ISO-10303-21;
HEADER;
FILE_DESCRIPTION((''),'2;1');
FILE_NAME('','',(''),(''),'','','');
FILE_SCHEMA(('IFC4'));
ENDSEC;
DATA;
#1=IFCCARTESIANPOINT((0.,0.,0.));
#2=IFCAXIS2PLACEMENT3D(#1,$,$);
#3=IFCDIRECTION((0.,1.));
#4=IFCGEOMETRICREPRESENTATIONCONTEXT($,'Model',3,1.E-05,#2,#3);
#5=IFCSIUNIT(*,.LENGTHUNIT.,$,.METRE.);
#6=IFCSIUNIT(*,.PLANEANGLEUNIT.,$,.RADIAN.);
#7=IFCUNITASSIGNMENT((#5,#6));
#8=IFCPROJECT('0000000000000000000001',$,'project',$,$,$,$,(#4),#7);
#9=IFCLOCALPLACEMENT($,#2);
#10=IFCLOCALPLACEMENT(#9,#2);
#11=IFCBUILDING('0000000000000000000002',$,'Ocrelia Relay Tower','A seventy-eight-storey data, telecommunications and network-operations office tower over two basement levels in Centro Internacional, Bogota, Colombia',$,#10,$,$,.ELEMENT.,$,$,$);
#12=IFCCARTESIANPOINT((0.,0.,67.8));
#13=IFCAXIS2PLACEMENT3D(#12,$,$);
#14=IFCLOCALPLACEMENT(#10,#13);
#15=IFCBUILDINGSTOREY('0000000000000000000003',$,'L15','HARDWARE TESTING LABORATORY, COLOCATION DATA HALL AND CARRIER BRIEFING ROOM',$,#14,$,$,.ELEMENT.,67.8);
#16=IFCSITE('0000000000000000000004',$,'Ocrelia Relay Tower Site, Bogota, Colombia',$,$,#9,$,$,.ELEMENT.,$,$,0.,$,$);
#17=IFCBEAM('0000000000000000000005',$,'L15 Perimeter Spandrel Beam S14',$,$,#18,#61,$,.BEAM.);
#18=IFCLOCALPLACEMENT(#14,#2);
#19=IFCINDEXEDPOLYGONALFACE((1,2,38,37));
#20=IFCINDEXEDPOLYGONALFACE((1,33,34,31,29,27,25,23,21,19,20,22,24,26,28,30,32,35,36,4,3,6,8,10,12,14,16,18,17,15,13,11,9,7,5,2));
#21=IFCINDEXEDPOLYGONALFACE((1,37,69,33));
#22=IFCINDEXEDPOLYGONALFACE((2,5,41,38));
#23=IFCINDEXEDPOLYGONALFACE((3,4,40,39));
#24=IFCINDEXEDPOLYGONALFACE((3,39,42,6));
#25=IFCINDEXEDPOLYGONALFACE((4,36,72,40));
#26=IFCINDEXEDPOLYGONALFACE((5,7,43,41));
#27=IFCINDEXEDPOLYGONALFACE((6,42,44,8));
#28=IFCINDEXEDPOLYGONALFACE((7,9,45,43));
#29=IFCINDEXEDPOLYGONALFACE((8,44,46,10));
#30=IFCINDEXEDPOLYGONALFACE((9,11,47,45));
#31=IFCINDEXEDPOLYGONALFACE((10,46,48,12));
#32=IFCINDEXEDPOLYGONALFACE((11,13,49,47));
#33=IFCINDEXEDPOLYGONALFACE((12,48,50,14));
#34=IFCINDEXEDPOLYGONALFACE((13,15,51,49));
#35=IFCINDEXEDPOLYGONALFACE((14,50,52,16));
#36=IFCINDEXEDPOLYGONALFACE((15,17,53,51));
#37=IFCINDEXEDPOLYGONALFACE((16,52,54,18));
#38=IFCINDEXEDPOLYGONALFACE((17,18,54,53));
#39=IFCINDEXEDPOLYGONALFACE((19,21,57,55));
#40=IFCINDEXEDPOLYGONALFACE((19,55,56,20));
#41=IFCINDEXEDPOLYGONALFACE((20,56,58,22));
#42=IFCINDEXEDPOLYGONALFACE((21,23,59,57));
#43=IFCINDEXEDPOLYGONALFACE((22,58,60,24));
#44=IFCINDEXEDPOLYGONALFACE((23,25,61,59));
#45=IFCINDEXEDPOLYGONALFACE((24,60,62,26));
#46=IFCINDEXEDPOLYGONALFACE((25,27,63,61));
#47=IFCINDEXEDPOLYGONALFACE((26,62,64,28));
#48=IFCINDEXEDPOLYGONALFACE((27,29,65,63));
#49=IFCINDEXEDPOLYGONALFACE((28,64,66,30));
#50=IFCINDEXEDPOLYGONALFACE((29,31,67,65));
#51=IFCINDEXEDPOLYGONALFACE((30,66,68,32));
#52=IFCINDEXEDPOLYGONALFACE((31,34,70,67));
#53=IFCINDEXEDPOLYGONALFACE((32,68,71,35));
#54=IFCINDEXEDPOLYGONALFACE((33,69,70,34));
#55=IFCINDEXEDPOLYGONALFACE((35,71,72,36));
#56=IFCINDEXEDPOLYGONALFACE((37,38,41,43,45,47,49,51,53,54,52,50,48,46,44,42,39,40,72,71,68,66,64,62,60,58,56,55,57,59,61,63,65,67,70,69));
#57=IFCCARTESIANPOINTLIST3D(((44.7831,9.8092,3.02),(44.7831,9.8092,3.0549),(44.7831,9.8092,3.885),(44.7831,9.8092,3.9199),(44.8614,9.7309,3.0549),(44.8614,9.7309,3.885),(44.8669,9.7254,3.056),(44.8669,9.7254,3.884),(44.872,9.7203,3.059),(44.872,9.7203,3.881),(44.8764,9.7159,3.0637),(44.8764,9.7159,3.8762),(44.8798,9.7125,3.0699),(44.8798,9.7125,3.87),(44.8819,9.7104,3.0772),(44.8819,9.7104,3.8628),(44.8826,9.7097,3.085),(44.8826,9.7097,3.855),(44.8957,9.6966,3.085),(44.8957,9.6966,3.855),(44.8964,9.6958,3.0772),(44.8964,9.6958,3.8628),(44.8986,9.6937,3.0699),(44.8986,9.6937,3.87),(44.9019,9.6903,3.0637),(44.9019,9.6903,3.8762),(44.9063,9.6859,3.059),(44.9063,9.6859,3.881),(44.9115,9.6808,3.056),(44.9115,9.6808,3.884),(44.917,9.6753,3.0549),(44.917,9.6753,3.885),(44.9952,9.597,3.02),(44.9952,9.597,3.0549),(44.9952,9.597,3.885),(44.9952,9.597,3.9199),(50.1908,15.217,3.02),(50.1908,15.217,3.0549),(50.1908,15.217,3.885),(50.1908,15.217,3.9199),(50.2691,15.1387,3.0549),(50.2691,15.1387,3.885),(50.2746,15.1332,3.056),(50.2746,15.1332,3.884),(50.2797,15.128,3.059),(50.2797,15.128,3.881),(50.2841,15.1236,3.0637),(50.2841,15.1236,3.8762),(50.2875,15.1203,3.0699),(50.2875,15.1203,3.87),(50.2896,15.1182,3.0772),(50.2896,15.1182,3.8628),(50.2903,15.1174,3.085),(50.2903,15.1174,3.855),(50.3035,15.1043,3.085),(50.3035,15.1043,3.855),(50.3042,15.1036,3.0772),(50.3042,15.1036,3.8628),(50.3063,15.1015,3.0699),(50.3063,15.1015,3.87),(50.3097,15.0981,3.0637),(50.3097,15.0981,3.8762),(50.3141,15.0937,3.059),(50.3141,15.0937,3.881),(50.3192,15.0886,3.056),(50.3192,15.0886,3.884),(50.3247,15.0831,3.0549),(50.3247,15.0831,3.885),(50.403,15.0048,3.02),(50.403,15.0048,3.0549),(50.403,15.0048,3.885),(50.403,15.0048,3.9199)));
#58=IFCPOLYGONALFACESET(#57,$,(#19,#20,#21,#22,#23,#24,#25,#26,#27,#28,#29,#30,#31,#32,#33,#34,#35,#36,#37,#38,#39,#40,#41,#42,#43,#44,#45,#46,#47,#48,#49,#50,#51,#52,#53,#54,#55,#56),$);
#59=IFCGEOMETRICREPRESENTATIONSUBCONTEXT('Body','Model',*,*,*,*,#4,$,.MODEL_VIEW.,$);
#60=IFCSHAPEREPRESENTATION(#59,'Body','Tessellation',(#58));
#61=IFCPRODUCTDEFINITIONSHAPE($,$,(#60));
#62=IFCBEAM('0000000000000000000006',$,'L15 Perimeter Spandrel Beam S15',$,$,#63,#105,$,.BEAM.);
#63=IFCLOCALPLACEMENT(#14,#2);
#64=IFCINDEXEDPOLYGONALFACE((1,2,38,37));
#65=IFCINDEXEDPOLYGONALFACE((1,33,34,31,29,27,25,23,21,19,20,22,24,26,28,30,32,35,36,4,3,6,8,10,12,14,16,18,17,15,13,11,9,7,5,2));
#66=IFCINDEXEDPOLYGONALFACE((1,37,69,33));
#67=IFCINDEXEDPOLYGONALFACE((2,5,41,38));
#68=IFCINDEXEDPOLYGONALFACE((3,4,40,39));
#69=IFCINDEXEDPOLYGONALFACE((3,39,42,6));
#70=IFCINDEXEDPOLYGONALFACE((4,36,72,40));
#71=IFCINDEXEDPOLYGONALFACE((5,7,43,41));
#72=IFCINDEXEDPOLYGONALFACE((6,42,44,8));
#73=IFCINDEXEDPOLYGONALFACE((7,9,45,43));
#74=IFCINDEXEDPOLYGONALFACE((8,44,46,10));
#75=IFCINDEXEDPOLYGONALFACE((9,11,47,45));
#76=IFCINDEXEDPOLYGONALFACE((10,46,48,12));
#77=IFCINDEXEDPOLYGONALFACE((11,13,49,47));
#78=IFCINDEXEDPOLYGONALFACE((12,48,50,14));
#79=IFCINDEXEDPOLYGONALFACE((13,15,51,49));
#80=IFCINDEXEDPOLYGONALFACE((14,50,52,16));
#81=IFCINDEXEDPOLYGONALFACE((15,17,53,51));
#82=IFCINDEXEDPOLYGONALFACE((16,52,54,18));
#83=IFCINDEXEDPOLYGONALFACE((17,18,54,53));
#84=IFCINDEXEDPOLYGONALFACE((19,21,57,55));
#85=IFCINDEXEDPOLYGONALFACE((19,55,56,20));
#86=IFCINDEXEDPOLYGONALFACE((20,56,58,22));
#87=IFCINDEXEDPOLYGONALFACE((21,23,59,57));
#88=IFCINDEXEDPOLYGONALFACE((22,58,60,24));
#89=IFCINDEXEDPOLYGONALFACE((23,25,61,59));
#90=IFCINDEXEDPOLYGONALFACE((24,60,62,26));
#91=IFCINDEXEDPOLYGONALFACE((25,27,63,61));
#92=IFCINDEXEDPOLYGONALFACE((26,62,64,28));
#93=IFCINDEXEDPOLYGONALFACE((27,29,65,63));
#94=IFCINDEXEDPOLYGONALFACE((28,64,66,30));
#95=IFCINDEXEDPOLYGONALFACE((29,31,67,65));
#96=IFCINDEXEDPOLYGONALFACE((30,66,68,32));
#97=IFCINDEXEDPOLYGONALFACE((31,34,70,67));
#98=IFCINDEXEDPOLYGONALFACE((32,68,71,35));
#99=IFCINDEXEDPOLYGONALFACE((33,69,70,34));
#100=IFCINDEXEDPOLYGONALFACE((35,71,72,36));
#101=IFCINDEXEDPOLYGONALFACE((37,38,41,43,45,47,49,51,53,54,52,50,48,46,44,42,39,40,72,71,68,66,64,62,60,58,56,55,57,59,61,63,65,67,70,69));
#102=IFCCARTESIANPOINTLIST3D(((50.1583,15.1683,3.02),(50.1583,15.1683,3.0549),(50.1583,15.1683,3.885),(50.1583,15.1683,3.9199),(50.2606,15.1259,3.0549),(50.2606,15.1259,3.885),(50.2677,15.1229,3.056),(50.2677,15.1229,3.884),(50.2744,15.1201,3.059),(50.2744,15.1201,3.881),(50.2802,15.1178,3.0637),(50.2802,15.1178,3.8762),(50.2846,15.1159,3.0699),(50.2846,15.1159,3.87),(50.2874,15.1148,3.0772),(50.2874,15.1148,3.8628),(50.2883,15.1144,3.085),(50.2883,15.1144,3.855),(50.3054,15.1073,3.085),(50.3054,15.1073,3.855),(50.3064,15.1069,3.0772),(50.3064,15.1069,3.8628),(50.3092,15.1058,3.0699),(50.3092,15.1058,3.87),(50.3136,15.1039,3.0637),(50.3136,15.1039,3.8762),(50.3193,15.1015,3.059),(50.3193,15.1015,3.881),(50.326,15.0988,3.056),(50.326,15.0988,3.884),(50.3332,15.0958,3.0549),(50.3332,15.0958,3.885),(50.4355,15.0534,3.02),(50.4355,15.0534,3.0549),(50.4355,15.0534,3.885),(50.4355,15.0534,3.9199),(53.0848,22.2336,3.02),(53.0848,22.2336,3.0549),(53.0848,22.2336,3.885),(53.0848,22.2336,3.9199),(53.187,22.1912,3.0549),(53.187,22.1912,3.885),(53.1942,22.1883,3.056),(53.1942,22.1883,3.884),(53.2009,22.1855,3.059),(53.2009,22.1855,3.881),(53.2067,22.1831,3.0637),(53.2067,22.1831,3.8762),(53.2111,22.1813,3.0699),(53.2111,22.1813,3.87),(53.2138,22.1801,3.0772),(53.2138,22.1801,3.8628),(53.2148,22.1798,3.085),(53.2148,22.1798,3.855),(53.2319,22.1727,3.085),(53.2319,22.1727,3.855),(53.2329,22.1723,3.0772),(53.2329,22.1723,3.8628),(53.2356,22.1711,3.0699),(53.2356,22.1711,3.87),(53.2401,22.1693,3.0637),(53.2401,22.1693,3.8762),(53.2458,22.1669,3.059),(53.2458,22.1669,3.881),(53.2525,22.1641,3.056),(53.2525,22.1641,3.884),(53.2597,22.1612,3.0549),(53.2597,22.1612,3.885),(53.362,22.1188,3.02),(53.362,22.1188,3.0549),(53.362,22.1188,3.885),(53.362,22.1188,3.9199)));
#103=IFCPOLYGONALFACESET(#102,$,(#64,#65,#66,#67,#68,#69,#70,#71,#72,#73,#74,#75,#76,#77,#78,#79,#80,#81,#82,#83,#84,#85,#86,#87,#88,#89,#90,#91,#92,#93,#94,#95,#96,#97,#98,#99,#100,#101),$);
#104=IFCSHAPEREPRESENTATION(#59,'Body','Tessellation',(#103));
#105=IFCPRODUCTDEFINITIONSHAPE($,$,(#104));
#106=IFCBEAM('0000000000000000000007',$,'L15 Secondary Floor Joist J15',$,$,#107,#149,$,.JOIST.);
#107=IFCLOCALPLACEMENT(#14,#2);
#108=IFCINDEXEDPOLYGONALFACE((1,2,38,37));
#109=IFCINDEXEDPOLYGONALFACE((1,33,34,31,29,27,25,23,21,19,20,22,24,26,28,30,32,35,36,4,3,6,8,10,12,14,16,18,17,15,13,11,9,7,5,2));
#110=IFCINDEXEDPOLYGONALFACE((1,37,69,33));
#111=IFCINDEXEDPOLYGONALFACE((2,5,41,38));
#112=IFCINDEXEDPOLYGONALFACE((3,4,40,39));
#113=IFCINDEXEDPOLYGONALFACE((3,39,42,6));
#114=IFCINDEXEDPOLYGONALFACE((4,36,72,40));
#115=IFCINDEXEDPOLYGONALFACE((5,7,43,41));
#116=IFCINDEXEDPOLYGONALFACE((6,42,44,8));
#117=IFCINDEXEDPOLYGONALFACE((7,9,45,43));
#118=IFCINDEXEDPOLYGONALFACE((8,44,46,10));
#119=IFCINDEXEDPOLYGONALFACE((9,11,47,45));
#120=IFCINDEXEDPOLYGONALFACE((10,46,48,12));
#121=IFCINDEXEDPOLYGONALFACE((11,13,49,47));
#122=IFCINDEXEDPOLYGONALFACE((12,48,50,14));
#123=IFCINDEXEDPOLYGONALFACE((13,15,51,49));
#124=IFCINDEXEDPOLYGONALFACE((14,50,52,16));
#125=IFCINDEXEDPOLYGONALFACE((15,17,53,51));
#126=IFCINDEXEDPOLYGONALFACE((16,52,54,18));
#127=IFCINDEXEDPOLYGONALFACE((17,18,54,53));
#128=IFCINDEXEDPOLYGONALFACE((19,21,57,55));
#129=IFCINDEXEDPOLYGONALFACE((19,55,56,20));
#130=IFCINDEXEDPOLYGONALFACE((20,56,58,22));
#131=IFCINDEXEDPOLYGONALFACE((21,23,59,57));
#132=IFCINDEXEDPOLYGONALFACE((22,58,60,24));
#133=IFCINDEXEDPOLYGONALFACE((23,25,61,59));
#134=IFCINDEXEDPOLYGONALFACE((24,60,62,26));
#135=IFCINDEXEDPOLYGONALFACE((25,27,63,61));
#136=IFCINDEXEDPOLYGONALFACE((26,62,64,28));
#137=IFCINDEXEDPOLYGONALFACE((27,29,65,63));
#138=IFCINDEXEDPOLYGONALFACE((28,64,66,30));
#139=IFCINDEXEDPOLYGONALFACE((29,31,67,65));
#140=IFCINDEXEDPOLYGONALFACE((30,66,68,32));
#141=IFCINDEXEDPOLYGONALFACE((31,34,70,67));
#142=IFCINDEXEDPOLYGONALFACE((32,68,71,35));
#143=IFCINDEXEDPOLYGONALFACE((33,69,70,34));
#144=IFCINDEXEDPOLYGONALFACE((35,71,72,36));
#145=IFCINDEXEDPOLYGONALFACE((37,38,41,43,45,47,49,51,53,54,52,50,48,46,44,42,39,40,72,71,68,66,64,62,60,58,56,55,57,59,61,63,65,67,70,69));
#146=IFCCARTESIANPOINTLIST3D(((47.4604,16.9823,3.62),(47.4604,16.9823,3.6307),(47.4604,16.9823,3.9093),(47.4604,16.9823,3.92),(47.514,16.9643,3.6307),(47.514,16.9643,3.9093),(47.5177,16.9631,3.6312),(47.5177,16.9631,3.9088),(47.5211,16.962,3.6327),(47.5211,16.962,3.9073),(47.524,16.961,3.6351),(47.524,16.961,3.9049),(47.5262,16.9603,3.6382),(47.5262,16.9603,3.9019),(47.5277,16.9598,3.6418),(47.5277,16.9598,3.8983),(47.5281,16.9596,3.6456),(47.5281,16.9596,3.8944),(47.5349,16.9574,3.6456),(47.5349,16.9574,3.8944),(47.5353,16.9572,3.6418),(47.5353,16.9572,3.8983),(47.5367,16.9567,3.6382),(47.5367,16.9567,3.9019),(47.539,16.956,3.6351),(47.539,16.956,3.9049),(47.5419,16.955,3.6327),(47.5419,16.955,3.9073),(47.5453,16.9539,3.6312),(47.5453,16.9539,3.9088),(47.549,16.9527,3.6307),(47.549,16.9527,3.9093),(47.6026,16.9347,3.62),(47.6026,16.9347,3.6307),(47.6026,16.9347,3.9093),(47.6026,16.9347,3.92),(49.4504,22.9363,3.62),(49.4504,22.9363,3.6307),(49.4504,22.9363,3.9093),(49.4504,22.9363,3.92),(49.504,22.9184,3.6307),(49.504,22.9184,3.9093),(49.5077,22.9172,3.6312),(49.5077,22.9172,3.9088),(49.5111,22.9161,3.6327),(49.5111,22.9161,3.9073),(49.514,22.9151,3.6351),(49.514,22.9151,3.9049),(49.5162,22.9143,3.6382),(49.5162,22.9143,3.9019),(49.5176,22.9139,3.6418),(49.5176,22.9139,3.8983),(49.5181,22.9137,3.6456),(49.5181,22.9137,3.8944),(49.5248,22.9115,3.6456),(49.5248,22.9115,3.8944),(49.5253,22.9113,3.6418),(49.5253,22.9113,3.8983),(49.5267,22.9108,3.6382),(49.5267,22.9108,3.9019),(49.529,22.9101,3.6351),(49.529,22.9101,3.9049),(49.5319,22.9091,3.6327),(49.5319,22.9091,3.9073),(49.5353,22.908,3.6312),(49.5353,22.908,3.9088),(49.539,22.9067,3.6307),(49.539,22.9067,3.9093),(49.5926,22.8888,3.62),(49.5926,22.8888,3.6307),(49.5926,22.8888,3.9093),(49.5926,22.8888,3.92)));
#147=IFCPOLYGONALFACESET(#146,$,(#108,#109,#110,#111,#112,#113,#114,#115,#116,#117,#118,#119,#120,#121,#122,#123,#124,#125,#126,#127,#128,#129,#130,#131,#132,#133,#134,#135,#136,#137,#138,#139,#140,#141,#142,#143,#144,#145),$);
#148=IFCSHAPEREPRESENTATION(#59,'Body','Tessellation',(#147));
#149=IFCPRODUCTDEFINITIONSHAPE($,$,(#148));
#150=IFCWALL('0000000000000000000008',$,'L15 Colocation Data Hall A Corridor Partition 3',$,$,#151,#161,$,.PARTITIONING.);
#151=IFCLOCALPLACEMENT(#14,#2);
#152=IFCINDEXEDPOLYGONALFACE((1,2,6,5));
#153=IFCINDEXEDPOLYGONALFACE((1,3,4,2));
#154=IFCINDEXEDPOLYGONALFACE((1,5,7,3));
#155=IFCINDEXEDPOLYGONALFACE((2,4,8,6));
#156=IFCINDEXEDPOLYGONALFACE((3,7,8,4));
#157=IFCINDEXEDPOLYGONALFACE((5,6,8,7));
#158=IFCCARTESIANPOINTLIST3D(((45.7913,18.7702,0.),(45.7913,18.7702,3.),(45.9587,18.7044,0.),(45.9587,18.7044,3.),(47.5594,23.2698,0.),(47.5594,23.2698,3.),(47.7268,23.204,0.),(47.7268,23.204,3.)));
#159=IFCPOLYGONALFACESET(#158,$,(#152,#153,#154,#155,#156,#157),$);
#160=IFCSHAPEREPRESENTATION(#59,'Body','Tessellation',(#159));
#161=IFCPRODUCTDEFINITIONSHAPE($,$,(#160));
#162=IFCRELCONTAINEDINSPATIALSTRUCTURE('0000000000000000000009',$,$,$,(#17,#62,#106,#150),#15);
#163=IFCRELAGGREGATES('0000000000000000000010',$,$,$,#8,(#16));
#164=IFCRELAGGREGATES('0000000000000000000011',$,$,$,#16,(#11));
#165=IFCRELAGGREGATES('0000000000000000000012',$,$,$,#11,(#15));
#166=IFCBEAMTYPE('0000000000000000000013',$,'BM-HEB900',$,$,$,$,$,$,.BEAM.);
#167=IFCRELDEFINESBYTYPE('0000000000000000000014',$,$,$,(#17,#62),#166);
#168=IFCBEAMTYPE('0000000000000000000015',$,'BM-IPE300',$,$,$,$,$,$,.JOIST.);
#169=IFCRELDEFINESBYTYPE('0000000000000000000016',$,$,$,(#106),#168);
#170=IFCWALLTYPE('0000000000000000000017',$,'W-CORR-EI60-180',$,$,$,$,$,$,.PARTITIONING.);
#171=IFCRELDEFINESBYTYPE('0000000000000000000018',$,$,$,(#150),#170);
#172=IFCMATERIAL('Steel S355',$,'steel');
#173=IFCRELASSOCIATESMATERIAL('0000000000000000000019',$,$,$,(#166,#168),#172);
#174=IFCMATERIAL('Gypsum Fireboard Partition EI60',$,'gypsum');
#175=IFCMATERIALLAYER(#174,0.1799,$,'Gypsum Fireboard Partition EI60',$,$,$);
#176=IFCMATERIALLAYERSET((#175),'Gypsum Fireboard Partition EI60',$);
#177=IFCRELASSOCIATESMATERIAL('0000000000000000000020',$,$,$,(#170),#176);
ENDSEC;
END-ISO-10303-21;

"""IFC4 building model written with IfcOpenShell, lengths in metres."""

from ifc_helpers import new_model, si_unit, direction, frame, frame_2d, origin, origin_2d, place, context, subcontext, project, spatial, rectangle, i_section, extrude, material, layer, layer_set, material_profile, profile_set, type_object, element, save


model = new_model("IFC4")

# Units and contexts
model_context = context("Model", 3, precision=1e-05, world=origin(), true_north=direction((0.0, 1.0)))
body_context = subcontext(model_context, "Body", "Model", "MODEL_VIEW")
ifc_project = project(units=[si_unit("LENGTHUNIT", "METRE"), si_unit("PLANEANGLEUNIT", "RADIAN")], contexts=[model_context])

# Site, building, storey
site_placement = place(None, origin())
site = spatial("IfcSite", under=ifc_project, at=site_placement, Name="Ocrelia Relay Tower Site, Bogota, Colombia", CompositionType="ELEMENT", RefElevation=0.0)
building_placement = place(site_placement, origin())
building = spatial("IfcBuilding", under=site, at=building_placement, Name="Ocrelia Relay Tower", Description="A seventy-eight-storey data, telecommunications and network-operations office tower over two basement levels in Centro Internacional, Bogota, Colombia", CompositionType="ELEMENT")
storey_placement = place(building_placement, frame((0.0, 0.0, 67.8)))
storey = spatial("IfcBuildingStorey", under=building, at=storey_placement, Name="L15", Description="HARDWARE TESTING LABORATORY, COLOCATION DATA HALL AND CARRIER BRIEFING ROOM", CompositionType="ELEMENT", Elevation=67.8)

# Beams
ifc_material_1 = material(Name="Steel S355", Category="steel")
ifc_material_profile_1 = material_profile(ifc_material_1, i_section(OverallWidth=0.3, OverallDepth=0.8999, WebThickness=0.0186, FlangeThickness=0.0349, FilletRadius=0.03, at=origin_2d()), Name="HEB 900")
ifc_profile_set_1 = profile_set([ifc_material_profile_1], Name="Steel S355")
beam_type_1 = type_object("IfcBeamType", Name="BM-HEB900", PredefinedType="BEAM", material=ifc_profile_set_1)
beam_1_placement = place(storey_placement, frame((44.8892, 9.7031, 3.47), z_axis=(0.707107, 0.707107, 0.0), x_axis=(-0.707107, 0.707107, 0.0)))
element("IfcBeam", 1, at=beam_1_placement, inside=storey, type_object=beam_type_1, Name="L15 Perimeter Spandrel Beam S14", PredefinedType="BEAM", context=body_context, shape_type="SweptSolid", body=[
    extrude(i_section(OverallWidth=0.3, OverallDepth=0.8999, WebThickness=0.0186, FlangeThickness=0.0349, FilletRadius=0.03, at=origin_2d()), origin(), (0.0, 0.0, 1.0), 7.6477),
])
beam_2_placement = place(storey_placement, frame((50.2969, 15.1108, 3.47), z_axis=(0.382674, 0.923883, 0.0), x_axis=(-0.923883, 0.382674, 0.0)))
element("IfcBeam", 2, at=beam_2_placement, inside=storey, type_object=beam_type_1, Name="L15 Perimeter Spandrel Beam S15", PredefinedType="BEAM", context=body_context, shape_type="SweptSolid", body=[
    extrude(i_section(OverallWidth=0.3, OverallDepth=0.8999, WebThickness=0.0186, FlangeThickness=0.0349, FilletRadius=0.03, at=origin_2d()), origin(), (0.0, 0.0, 1.0), 7.6475),
])
ifc_material_profile_2 = material_profile(ifc_material_1, i_section(OverallWidth=0.1499, OverallDepth=0.3, WebThickness=0.0071, FlangeThickness=0.0107, FilletRadius=0.0149, at=origin_2d()), Name="IPE 300")
ifc_profile_set_2 = profile_set([ifc_material_profile_2], Name="Steel S355")
beam_type_2 = type_object("IfcBeamType", Name="BM-IPE300", PredefinedType="JOIST", material=ifc_profile_set_2)
beam_3_placement = place(storey_placement, frame((47.5315, 16.9585, 3.77), z_axis=(0.316986, 0.94843, 0.0), x_axis=(-0.94843, 0.316986, 0.0)))
element("IfcBeam", 3, at=beam_3_placement, inside=storey, type_object=beam_type_2, Name="L15 Secondary Floor Joist J15", PredefinedType="JOIST", context=body_context, shape_type="SweptSolid", body=[
    extrude(i_section(OverallWidth=0.1499, OverallDepth=0.3, WebThickness=0.0071, FlangeThickness=0.0107, FilletRadius=0.0149, at=origin_2d()), origin(), (0.0, 0.0, 1.0), 6.2778),
])

# Wall
ifc_material_2 = material(Name="Gypsum Fireboard Partition EI60", Category="gypsum")
ifc_layer_1 = layer(ifc_material_2, 0.1799, Name="Gypsum Fireboard Partition EI60")
ifc_layer_set_1 = layer_set([ifc_layer_1], Name="Gypsum Fireboard Partition EI60")
wall_type_1 = type_object("IfcWallType", Name="W-CORR-EI60-180", PredefinedType="PARTITIONING", material=ifc_layer_set_1)
wall_1_placement = place(storey_placement, frame((45.875, 18.7373, 0.0), z_axis=(0.0, 0.0, 1.0), x_axis=(0.365724, 0.930723, 0.0)))
element("IfcWall", 4, at=wall_1_placement, inside=storey, type_object=wall_type_1, Name="L15 Colocation Data Hall A Corridor Partition 3", PredefinedType="PARTITIONING", context=body_context, shape_type="SweptSolid", body=[
    extrude(rectangle(XDim=4.8345, YDim=0.1799, at=frame_2d((2.4172, 0.0))), origin(), (0.0, 0.0, 1.0), 3.0),
])

save(model, "model.ifc")
